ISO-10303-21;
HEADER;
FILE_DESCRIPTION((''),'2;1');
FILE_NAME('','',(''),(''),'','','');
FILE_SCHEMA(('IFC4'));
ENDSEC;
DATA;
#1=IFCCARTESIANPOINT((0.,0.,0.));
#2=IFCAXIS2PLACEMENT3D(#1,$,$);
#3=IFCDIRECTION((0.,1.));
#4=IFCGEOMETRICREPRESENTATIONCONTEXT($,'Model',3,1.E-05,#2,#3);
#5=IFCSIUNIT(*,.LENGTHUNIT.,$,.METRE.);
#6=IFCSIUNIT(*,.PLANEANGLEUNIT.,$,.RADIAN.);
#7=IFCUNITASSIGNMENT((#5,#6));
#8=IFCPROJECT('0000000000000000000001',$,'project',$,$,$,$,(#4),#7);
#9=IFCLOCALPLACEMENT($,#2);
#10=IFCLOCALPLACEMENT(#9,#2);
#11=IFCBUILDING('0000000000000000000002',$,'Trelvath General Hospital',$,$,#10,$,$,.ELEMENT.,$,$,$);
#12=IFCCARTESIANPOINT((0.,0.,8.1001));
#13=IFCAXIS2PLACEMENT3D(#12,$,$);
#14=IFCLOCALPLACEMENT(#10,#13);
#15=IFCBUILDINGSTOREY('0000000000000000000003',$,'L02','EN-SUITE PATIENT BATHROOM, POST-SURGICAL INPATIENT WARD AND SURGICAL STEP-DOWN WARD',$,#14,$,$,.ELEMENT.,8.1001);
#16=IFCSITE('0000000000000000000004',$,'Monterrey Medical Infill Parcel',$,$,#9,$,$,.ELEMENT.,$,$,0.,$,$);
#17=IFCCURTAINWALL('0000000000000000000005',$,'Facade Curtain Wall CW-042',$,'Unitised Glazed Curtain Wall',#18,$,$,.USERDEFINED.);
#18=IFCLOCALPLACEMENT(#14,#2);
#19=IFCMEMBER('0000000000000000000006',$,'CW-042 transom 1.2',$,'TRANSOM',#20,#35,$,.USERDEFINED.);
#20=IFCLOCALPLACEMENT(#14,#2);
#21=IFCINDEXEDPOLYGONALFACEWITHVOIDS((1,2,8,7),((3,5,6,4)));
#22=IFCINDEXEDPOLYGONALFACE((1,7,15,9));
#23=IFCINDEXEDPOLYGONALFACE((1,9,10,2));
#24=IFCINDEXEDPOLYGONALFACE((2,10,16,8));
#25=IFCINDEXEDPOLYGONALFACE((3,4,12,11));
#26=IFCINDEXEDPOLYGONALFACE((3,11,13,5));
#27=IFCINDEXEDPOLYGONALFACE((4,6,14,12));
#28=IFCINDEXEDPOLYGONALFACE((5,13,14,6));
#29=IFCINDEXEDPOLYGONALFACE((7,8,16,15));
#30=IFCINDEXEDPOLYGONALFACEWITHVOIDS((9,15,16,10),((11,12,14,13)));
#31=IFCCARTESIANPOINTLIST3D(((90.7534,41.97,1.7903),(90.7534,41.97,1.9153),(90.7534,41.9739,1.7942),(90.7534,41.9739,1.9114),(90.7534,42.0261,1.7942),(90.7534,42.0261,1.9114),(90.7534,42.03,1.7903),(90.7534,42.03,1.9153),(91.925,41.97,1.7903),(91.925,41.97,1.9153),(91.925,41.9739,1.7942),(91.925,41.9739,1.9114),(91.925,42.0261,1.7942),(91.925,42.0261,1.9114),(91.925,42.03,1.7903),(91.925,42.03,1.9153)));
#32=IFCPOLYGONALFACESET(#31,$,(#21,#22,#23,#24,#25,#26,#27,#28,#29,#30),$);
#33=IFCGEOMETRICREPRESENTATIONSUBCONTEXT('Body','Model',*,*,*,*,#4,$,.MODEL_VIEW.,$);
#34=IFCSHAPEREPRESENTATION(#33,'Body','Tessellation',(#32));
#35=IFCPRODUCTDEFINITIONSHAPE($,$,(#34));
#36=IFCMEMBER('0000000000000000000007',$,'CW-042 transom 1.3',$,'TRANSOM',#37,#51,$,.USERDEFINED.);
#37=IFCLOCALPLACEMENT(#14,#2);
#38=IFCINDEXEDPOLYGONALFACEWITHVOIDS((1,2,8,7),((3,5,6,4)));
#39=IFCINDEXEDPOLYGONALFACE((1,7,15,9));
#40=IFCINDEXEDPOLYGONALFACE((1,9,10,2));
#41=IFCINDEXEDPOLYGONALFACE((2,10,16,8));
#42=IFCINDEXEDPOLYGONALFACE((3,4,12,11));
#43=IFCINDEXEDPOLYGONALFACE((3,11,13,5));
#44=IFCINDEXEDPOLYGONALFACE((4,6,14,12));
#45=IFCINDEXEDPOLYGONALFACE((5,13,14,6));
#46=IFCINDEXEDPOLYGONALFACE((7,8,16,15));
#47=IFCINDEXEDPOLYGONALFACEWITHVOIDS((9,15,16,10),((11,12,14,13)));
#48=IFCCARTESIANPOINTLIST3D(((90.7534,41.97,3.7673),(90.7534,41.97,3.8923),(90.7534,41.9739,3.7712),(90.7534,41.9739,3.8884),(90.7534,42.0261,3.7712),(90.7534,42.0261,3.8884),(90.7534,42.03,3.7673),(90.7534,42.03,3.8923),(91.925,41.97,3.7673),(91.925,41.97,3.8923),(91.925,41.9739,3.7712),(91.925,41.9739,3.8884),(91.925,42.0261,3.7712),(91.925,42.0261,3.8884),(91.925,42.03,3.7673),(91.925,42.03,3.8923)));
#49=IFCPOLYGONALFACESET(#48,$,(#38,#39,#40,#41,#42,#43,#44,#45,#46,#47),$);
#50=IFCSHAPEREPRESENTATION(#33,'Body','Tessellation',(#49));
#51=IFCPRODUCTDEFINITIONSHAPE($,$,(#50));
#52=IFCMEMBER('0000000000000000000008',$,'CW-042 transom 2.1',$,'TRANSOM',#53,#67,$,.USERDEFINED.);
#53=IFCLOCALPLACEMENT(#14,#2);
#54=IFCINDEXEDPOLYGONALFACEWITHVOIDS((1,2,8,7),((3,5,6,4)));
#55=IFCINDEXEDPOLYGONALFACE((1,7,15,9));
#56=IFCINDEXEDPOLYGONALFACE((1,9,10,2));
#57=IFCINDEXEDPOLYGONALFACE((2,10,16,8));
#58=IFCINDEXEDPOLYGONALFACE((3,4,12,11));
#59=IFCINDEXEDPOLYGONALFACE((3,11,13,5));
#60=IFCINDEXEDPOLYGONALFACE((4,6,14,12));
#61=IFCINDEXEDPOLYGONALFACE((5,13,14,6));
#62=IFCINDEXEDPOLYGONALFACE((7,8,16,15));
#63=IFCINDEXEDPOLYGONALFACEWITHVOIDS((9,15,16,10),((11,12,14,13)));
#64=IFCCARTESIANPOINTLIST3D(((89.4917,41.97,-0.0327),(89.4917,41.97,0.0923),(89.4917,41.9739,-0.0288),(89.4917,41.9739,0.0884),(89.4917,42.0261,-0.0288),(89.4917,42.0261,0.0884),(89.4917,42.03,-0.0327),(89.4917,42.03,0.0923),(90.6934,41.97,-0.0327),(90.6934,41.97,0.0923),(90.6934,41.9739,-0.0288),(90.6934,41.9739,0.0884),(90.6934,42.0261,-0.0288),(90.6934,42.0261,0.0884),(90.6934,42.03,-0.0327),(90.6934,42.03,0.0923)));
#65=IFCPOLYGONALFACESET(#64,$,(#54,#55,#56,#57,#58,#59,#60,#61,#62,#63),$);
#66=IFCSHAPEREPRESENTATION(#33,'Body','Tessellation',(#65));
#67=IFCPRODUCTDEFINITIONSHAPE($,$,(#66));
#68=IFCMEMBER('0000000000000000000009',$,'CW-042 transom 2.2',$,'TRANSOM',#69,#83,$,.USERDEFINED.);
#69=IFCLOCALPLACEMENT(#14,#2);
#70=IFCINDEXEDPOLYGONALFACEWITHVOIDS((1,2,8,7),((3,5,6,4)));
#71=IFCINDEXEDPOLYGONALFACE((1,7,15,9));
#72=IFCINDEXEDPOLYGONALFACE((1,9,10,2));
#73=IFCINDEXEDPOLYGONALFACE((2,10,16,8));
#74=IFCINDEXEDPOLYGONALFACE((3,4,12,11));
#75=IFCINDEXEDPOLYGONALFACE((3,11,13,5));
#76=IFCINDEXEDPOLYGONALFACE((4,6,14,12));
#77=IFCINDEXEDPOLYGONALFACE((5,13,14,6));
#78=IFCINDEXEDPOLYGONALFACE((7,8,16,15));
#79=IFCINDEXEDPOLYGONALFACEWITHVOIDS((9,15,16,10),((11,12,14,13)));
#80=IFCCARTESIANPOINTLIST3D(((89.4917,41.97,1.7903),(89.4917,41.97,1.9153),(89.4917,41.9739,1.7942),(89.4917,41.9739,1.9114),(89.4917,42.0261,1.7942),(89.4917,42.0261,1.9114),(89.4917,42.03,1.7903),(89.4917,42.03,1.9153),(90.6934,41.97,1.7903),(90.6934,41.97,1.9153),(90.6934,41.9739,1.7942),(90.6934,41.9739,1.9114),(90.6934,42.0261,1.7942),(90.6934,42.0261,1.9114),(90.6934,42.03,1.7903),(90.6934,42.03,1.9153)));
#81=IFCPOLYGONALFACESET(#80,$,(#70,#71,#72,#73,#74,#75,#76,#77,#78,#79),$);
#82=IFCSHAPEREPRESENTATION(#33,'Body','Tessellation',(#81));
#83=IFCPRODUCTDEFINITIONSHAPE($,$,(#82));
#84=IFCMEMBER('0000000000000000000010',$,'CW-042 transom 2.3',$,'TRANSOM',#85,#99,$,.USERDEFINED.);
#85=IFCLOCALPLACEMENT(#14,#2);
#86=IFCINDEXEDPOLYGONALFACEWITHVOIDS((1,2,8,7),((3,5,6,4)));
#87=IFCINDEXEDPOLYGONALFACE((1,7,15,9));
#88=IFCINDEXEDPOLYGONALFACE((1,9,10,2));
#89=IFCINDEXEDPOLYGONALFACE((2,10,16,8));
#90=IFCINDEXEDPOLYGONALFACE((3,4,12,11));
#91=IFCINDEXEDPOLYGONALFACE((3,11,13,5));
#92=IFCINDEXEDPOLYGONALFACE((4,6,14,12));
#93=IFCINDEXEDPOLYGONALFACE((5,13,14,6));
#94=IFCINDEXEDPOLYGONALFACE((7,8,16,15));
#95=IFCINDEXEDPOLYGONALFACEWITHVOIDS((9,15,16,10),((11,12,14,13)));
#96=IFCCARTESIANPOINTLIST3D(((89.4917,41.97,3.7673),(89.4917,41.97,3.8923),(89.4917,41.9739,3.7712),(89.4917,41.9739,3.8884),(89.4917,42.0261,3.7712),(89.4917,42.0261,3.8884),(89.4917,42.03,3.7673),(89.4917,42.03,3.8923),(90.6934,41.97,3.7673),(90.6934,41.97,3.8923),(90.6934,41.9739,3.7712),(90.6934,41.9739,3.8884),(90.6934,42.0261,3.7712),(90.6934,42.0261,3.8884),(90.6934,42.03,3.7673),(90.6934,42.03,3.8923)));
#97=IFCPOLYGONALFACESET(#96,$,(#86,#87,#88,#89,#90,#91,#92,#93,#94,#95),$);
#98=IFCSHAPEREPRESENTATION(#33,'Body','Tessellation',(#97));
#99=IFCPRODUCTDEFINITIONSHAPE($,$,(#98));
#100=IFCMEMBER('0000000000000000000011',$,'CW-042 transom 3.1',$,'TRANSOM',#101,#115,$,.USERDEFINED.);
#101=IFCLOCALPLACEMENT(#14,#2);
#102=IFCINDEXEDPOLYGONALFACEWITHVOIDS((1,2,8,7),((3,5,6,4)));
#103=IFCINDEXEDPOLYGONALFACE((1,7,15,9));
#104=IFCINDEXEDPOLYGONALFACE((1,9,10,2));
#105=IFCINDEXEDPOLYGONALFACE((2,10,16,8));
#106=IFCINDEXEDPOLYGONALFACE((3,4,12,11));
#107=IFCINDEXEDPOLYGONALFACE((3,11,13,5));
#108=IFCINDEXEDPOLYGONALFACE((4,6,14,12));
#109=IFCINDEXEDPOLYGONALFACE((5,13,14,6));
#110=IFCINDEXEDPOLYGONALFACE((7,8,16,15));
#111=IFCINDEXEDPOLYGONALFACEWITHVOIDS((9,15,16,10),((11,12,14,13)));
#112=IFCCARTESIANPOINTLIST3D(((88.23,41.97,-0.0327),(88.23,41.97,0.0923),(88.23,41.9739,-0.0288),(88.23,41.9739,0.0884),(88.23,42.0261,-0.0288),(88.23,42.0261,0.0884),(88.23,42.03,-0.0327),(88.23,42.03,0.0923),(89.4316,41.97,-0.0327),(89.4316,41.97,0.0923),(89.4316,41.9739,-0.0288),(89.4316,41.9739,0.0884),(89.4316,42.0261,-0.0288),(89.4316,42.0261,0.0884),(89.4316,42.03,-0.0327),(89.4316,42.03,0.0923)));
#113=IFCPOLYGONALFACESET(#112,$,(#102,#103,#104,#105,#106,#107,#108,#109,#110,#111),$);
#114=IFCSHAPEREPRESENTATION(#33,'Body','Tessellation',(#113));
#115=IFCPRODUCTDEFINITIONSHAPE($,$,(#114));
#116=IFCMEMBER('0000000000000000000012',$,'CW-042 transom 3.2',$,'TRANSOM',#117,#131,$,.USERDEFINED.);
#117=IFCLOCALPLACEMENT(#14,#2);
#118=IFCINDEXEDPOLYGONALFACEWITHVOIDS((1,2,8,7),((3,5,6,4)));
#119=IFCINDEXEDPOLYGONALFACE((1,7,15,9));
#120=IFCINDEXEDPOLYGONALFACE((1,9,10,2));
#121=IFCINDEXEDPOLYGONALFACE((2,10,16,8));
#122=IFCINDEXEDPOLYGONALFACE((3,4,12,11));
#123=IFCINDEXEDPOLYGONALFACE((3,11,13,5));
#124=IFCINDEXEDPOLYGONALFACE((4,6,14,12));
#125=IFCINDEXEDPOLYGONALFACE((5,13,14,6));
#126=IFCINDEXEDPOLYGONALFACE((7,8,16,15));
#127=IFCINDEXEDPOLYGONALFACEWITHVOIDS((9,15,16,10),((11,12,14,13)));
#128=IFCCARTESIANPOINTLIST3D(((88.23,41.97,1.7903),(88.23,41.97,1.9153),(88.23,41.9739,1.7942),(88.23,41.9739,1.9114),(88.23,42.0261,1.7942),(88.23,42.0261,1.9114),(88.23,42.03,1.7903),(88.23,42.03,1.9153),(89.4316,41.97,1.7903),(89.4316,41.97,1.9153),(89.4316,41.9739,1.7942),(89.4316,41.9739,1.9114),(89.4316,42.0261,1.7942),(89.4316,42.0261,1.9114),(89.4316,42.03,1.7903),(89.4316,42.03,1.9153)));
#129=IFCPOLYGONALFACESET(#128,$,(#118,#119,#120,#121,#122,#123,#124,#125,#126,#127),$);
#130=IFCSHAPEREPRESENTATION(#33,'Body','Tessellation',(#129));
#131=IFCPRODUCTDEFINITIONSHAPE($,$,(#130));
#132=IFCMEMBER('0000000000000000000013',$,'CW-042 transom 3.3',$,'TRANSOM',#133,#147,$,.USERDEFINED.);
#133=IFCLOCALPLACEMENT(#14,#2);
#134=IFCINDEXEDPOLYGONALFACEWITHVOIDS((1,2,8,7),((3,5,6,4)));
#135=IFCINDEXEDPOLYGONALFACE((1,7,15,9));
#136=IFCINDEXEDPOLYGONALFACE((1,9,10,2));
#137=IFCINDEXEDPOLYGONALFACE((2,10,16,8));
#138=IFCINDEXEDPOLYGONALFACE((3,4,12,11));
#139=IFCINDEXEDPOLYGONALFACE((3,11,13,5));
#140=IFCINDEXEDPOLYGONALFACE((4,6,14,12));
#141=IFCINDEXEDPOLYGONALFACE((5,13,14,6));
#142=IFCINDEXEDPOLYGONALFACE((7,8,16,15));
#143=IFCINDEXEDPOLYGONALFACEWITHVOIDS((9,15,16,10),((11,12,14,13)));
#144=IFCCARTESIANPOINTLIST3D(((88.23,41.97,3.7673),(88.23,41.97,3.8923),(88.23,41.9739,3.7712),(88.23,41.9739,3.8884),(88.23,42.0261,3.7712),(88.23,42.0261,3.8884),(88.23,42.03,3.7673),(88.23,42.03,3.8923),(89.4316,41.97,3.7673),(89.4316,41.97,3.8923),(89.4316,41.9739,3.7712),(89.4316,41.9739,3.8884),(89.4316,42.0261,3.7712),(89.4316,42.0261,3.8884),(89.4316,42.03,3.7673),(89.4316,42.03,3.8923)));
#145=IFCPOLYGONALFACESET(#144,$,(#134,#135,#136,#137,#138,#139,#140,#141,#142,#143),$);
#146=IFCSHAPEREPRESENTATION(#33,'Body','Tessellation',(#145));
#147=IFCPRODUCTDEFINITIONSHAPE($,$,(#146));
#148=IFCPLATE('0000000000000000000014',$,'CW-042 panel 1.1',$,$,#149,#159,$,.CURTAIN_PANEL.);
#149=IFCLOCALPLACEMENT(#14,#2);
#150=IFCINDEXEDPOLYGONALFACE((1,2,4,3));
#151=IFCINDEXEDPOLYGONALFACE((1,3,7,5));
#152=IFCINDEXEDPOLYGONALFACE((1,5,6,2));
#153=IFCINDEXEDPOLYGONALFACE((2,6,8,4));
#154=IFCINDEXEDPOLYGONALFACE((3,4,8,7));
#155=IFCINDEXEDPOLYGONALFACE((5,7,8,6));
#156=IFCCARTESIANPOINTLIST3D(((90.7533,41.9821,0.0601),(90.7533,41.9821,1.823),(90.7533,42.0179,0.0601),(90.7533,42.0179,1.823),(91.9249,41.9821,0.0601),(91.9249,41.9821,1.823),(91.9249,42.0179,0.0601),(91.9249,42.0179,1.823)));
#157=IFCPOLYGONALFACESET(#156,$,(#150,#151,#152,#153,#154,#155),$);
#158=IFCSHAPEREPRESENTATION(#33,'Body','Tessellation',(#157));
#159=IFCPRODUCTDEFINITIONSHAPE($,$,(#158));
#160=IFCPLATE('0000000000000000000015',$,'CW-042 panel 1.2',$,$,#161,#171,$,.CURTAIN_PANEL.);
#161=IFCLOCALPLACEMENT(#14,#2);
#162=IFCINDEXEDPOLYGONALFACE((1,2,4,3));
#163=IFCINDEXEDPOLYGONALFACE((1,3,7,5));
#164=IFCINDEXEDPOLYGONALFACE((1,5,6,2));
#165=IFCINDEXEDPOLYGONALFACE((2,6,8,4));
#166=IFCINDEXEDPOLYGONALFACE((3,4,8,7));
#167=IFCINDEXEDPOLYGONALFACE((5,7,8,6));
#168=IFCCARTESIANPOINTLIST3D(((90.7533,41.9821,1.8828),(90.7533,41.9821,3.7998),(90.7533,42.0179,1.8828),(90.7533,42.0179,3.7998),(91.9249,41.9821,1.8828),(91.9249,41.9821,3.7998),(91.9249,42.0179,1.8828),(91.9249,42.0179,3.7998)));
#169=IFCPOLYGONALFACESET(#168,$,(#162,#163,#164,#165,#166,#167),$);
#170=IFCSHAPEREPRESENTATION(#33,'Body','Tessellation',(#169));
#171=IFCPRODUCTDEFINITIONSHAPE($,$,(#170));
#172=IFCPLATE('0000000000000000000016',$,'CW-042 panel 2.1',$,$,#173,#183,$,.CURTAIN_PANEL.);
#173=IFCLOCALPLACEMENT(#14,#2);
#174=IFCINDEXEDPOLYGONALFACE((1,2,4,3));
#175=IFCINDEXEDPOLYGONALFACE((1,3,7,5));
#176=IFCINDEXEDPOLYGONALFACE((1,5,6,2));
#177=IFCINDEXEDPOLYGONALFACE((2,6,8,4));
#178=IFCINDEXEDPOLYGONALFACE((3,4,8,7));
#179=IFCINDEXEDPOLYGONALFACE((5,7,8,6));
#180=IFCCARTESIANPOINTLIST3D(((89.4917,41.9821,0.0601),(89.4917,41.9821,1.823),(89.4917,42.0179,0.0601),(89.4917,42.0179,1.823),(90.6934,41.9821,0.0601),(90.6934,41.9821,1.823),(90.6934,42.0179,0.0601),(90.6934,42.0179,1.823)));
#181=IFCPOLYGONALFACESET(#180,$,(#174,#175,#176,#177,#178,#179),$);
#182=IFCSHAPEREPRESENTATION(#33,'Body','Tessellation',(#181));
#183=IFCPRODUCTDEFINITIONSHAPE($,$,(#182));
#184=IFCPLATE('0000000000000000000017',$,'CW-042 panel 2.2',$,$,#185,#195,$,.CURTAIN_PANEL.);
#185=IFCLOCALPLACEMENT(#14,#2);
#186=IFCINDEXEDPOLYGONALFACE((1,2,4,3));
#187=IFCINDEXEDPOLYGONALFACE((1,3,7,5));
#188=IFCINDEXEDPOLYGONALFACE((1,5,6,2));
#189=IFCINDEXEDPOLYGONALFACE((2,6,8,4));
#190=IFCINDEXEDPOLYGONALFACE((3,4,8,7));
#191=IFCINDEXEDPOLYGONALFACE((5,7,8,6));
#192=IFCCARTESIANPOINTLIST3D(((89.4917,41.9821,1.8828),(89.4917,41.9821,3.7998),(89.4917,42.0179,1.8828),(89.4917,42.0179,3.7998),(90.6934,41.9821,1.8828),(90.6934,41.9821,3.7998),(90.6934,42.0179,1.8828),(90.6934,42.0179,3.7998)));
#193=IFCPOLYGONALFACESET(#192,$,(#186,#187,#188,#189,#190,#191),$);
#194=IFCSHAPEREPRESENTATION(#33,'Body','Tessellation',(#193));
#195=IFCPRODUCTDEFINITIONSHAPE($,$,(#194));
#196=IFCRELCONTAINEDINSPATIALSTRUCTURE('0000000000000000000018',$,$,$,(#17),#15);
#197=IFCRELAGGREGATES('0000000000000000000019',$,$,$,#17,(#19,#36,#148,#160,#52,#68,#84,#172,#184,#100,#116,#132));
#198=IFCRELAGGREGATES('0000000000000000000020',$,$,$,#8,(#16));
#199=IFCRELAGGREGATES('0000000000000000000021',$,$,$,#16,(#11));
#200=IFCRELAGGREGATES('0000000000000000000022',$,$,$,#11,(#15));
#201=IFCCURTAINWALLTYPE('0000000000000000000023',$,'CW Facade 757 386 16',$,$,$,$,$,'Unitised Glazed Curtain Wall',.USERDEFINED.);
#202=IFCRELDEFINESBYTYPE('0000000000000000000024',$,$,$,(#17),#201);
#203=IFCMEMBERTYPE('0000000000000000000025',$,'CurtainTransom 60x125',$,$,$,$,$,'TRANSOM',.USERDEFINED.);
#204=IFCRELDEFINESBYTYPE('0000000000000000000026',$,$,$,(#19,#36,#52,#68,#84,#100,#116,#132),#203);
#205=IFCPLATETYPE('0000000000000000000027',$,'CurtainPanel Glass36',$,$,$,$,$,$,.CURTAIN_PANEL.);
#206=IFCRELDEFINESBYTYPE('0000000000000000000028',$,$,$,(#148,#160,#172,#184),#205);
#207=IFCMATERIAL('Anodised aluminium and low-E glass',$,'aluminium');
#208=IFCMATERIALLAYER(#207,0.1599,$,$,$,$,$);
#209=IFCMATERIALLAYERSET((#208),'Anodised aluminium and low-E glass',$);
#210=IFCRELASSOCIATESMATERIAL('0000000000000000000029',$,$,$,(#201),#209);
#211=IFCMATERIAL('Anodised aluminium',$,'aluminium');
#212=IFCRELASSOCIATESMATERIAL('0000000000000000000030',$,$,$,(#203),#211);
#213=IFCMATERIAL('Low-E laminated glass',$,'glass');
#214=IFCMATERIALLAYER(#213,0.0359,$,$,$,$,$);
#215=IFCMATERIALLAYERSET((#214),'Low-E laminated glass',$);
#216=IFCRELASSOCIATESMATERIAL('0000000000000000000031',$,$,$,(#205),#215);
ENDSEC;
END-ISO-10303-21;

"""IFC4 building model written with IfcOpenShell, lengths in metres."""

from ifc_helpers import new_model, si_unit, direction, frame, origin, origin_2d, place, context, subcontext, project, spatial, rectangle, hollow_rectangle, extrude, material, layer, layer_set, material_profile, profile_set, type_object, element, aggregate, save


model = new_model("IFC4")

# Units and contexts
model_context = context("Model", 3, precision=1e-05, world=origin(), true_north=direction((0.0, 1.0)))
body_context = subcontext(model_context, "Body", "Model", "MODEL_VIEW")
ifc_project = project(units=[si_unit("LENGTHUNIT", "METRE"), si_unit("PLANEANGLEUNIT", "RADIAN")], contexts=[model_context])

# Site, building, storey
site_placement = place(None, origin())
site = spatial("IfcSite", under=ifc_project, at=site_placement, Name="Monterrey Medical Infill Parcel", CompositionType="ELEMENT", RefElevation=0.0)
building_placement = place(site_placement, origin())
building = spatial("IfcBuilding", under=site, at=building_placement, Name="Trelvath General Hospital", CompositionType="ELEMENT")
storey_placement = place(building_placement, frame((0.0, 0.0, 8.1001)))
storey = spatial("IfcBuildingStorey", under=building, at=storey_placement, Name="L02", Description="EN-SUITE PATIENT BATHROOM, POST-SURGICAL INPATIENT WARD AND SURGICAL STEP-DOWN WARD", CompositionType="ELEMENT", Elevation=8.1001)

# Curtain wall, members, plates
ifc_material_1 = material(Name="Anodised aluminium and low-E glass", Category="aluminium")
ifc_layer_1 = layer(ifc_material_1, 0.1599)
ifc_layer_set_1 = layer_set([ifc_layer_1], Name="Anodised aluminium and low-E glass")
curtain_wall_type = type_object("IfcCurtainWallType", Name="CW Facade 757 386 16", ElementType="Unitised Glazed Curtain Wall", PredefinedType="USERDEFINED", material=ifc_layer_set_1)
curtain_wall_placement = place(storey_placement, origin())
curtain_wall = element("IfcCurtainWall", 1, at=curtain_wall_placement, inside=storey, type_object=curtain_wall_type, Name="Facade Curtain Wall CW-042", ObjectType="Unitised Glazed Curtain Wall", PredefinedType="USERDEFINED")
ifc_material_2 = material(Name="Anodised aluminium", Category="aluminium")
ifc_material_profile_1 = material_profile(ifc_material_2, hollow_rectangle(XDim=0.0601, YDim=0.125, WallThickness=0.0039, at=origin_2d()), Name="RHS60x125x4")
ifc_profile_set_1 = profile_set([ifc_material_profile_1], Name="Anodised aluminium")
member_type_1 = type_object("IfcMemberType", Name="CurtainTransom 60x125", ElementType="TRANSOM", PredefinedType="USERDEFINED", material=ifc_profile_set_1)
member_1_placement = place(storey_placement, frame((91.925, 42.0, 1.8528), z_axis=(-1.0, 0.0, 0.0), x_axis=(0.0, -1.0, 0.0)))
member_1 = element("IfcMember", 2, at=member_1_placement, type_object=member_type_1, Name="CW-042 transom 1.2", ObjectType="TRANSOM", PredefinedType="USERDEFINED", context=body_context, shape_type="SweptSolid", body=[
    extrude(hollow_rectangle(XDim=0.0601, YDim=0.125, WallThickness=0.0039, at=origin_2d()), origin(), (0.0, 0.0, 1.0), 1.1716),
])
member_2_placement = place(storey_placement, frame((91.925, 42.0, 3.8298), z_axis=(-1.0, 0.0, 0.0), x_axis=(0.0, -1.0, 0.0)))
member_2 = element("IfcMember", 3, at=member_2_placement, type_object=member_type_1, Name="CW-042 transom 1.3", ObjectType="TRANSOM", PredefinedType="USERDEFINED", context=body_context, shape_type="SweptSolid", body=[
    extrude(hollow_rectangle(XDim=0.0601, YDim=0.125, WallThickness=0.0039, at=origin_2d()), origin(), (0.0, 0.0, 1.0), 1.1716),
])
member_3_placement = place(storey_placement, frame((90.6934, 42.0, 0.0298), z_axis=(-1.0, 0.0, 0.0), x_axis=(0.0, -1.0, 0.0)))
member_3 = element("IfcMember", 4, at=member_3_placement, type_object=member_type_1, Name="CW-042 transom 2.1", ObjectType="TRANSOM", PredefinedType="USERDEFINED", context=body_context, shape_type="SweptSolid", body=[
    extrude(hollow_rectangle(XDim=0.0601, YDim=0.125, WallThickness=0.0039, at=origin_2d()), origin(), (0.0, 0.0, 1.0), 1.2017),
])
member_4_placement = place(storey_placement, frame((90.6934, 42.0, 1.8528), z_axis=(-1.0, 0.0, 0.0), x_axis=(0.0, -1.0, 0.0)))
member_4 = element("IfcMember", 5, at=member_4_placement, type_object=member_type_1, Name="CW-042 transom 2.2", ObjectType="TRANSOM", PredefinedType="USERDEFINED", context=body_context, shape_type="SweptSolid", body=[
    extrude(hollow_rectangle(XDim=0.0601, YDim=0.125, WallThickness=0.0039, at=origin_2d()), origin(), (0.0, 0.0, 1.0), 1.2017),
])
member_5_placement = place(storey_placement, frame((90.6934, 42.0, 3.8298), z_axis=(-1.0, 0.0, 0.0), x_axis=(0.0, -1.0, 0.0)))
member_5 = element("IfcMember", 6, at=member_5_placement, type_object=member_type_1, Name="CW-042 transom 2.3", ObjectType="TRANSOM", PredefinedType="USERDEFINED", context=body_context, shape_type="SweptSolid", body=[
    extrude(hollow_rectangle(XDim=0.0601, YDim=0.125, WallThickness=0.0039, at=origin_2d()), origin(), (0.0, 0.0, 1.0), 1.2017),
])
member_6_placement = place(storey_placement, frame((89.4316, 42.0, 0.0298), z_axis=(-1.0, 0.0, 0.0), x_axis=(0.0, -1.0, 0.0)))
member_6 = element("IfcMember", 7, at=member_6_placement, type_object=member_type_1, Name="CW-042 transom 3.1", ObjectType="TRANSOM", PredefinedType="USERDEFINED", context=body_context, shape_type="SweptSolid", body=[
    extrude(hollow_rectangle(XDim=0.0601, YDim=0.125, WallThickness=0.0039, at=origin_2d()), origin(), (0.0, 0.0, 1.0), 1.2017),
])
member_7_placement = place(storey_placement, frame((89.4316, 42.0, 1.8528), z_axis=(-1.0, 0.0, 0.0), x_axis=(0.0, -1.0, 0.0)))
member_7 = element("IfcMember", 8, at=member_7_placement, type_object=member_type_1, Name="CW-042 transom 3.2", ObjectType="TRANSOM", PredefinedType="USERDEFINED", context=body_context, shape_type="SweptSolid", body=[
    extrude(hollow_rectangle(XDim=0.0601, YDim=0.125, WallThickness=0.0039, at=origin_2d()), origin(), (0.0, 0.0, 1.0), 1.2017),
])
member_8_placement = place(storey_placement, frame((89.4316, 42.0, 3.8298), z_axis=(-1.0, 0.0, 0.0), x_axis=(0.0, -1.0, 0.0)))
member_8 = element("IfcMember", 9, at=member_8_placement, type_object=member_type_1, Name="CW-042 transom 3.3", ObjectType="TRANSOM", PredefinedType="USERDEFINED", context=body_context, shape_type="SweptSolid", body=[
    extrude(hollow_rectangle(XDim=0.0601, YDim=0.125, WallThickness=0.0039, at=origin_2d()), origin(), (0.0, 0.0, 1.0), 1.2017),
])
ifc_material_3 = material(Name="Low-E laminated glass", Category="glass")
ifc_layer_2 = layer(ifc_material_3, 0.0359)
ifc_layer_set_2 = layer_set([ifc_layer_2], Name="Low-E laminated glass")
plate_type = type_object("IfcPlateType", Name="CurtainPanel Glass36", PredefinedType="CURTAIN_PANEL", material=ifc_layer_set_2)
plate_1_placement = place(storey_placement, frame((91.3391, 42.0, 0.0601), z_axis=(0.0, 0.0, 1.0), x_axis=(-1.0, 0.0, 0.0)))
plate_1 = element("IfcPlate", 10, at=plate_1_placement, type_object=plate_type, Name="CW-042 panel 1.1", PredefinedType="CURTAIN_PANEL", context=body_context, shape_type="SweptSolid", body=[
    extrude(rectangle(XDim=1.1716, YDim=0.0359, at=origin_2d()), origin(), (0.0, 0.0, 1.0), 1.7629),
])
plate_2_placement = place(storey_placement, frame((91.3391, 42.0, 1.8828), z_axis=(0.0, 0.0, 1.0), x_axis=(-1.0, 0.0, 0.0)))
plate_2 = element("IfcPlate", 11, at=plate_2_placement, type_object=plate_type, Name="CW-042 panel 1.2", PredefinedType="CURTAIN_PANEL", context=body_context, shape_type="SweptSolid", body=[
    extrude(rectangle(XDim=1.1716, YDim=0.0359, at=origin_2d()), origin(), (0.0, 0.0, 1.0), 1.917),
])
plate_3_placement = place(storey_placement, frame((90.0925, 42.0, 0.0601), z_axis=(0.0, 0.0, 1.0), x_axis=(-1.0, 0.0, 0.0)))
plate_3 = element("IfcPlate", 12, at=plate_3_placement, type_object=plate_type, Name="CW-042 panel 2.1", PredefinedType="CURTAIN_PANEL", context=body_context, shape_type="SweptSolid", body=[
    extrude(rectangle(XDim=1.2017, YDim=0.0359, at=origin_2d()), origin(), (0.0, 0.0, 1.0), 1.7629),
])
plate_4_placement = place(storey_placement, frame((90.0925, 42.0, 1.8828), z_axis=(0.0, 0.0, 1.0), x_axis=(-1.0, 0.0, 0.0)))
plate_4 = element("IfcPlate", 13, at=plate_4_placement, type_object=plate_type, Name="CW-042 panel 2.2", PredefinedType="CURTAIN_PANEL", context=body_context, shape_type="SweptSolid", body=[
    extrude(rectangle(XDim=1.2017, YDim=0.0359, at=origin_2d()), origin(), (0.0, 0.0, 1.0), 1.917),
])
aggregate(curtain_wall, [member_1, member_2, plate_1, plate_2, member_3, member_4, member_5, plate_3, plate_4, member_6, member_7, member_8])

save(model, "model.ifc")
